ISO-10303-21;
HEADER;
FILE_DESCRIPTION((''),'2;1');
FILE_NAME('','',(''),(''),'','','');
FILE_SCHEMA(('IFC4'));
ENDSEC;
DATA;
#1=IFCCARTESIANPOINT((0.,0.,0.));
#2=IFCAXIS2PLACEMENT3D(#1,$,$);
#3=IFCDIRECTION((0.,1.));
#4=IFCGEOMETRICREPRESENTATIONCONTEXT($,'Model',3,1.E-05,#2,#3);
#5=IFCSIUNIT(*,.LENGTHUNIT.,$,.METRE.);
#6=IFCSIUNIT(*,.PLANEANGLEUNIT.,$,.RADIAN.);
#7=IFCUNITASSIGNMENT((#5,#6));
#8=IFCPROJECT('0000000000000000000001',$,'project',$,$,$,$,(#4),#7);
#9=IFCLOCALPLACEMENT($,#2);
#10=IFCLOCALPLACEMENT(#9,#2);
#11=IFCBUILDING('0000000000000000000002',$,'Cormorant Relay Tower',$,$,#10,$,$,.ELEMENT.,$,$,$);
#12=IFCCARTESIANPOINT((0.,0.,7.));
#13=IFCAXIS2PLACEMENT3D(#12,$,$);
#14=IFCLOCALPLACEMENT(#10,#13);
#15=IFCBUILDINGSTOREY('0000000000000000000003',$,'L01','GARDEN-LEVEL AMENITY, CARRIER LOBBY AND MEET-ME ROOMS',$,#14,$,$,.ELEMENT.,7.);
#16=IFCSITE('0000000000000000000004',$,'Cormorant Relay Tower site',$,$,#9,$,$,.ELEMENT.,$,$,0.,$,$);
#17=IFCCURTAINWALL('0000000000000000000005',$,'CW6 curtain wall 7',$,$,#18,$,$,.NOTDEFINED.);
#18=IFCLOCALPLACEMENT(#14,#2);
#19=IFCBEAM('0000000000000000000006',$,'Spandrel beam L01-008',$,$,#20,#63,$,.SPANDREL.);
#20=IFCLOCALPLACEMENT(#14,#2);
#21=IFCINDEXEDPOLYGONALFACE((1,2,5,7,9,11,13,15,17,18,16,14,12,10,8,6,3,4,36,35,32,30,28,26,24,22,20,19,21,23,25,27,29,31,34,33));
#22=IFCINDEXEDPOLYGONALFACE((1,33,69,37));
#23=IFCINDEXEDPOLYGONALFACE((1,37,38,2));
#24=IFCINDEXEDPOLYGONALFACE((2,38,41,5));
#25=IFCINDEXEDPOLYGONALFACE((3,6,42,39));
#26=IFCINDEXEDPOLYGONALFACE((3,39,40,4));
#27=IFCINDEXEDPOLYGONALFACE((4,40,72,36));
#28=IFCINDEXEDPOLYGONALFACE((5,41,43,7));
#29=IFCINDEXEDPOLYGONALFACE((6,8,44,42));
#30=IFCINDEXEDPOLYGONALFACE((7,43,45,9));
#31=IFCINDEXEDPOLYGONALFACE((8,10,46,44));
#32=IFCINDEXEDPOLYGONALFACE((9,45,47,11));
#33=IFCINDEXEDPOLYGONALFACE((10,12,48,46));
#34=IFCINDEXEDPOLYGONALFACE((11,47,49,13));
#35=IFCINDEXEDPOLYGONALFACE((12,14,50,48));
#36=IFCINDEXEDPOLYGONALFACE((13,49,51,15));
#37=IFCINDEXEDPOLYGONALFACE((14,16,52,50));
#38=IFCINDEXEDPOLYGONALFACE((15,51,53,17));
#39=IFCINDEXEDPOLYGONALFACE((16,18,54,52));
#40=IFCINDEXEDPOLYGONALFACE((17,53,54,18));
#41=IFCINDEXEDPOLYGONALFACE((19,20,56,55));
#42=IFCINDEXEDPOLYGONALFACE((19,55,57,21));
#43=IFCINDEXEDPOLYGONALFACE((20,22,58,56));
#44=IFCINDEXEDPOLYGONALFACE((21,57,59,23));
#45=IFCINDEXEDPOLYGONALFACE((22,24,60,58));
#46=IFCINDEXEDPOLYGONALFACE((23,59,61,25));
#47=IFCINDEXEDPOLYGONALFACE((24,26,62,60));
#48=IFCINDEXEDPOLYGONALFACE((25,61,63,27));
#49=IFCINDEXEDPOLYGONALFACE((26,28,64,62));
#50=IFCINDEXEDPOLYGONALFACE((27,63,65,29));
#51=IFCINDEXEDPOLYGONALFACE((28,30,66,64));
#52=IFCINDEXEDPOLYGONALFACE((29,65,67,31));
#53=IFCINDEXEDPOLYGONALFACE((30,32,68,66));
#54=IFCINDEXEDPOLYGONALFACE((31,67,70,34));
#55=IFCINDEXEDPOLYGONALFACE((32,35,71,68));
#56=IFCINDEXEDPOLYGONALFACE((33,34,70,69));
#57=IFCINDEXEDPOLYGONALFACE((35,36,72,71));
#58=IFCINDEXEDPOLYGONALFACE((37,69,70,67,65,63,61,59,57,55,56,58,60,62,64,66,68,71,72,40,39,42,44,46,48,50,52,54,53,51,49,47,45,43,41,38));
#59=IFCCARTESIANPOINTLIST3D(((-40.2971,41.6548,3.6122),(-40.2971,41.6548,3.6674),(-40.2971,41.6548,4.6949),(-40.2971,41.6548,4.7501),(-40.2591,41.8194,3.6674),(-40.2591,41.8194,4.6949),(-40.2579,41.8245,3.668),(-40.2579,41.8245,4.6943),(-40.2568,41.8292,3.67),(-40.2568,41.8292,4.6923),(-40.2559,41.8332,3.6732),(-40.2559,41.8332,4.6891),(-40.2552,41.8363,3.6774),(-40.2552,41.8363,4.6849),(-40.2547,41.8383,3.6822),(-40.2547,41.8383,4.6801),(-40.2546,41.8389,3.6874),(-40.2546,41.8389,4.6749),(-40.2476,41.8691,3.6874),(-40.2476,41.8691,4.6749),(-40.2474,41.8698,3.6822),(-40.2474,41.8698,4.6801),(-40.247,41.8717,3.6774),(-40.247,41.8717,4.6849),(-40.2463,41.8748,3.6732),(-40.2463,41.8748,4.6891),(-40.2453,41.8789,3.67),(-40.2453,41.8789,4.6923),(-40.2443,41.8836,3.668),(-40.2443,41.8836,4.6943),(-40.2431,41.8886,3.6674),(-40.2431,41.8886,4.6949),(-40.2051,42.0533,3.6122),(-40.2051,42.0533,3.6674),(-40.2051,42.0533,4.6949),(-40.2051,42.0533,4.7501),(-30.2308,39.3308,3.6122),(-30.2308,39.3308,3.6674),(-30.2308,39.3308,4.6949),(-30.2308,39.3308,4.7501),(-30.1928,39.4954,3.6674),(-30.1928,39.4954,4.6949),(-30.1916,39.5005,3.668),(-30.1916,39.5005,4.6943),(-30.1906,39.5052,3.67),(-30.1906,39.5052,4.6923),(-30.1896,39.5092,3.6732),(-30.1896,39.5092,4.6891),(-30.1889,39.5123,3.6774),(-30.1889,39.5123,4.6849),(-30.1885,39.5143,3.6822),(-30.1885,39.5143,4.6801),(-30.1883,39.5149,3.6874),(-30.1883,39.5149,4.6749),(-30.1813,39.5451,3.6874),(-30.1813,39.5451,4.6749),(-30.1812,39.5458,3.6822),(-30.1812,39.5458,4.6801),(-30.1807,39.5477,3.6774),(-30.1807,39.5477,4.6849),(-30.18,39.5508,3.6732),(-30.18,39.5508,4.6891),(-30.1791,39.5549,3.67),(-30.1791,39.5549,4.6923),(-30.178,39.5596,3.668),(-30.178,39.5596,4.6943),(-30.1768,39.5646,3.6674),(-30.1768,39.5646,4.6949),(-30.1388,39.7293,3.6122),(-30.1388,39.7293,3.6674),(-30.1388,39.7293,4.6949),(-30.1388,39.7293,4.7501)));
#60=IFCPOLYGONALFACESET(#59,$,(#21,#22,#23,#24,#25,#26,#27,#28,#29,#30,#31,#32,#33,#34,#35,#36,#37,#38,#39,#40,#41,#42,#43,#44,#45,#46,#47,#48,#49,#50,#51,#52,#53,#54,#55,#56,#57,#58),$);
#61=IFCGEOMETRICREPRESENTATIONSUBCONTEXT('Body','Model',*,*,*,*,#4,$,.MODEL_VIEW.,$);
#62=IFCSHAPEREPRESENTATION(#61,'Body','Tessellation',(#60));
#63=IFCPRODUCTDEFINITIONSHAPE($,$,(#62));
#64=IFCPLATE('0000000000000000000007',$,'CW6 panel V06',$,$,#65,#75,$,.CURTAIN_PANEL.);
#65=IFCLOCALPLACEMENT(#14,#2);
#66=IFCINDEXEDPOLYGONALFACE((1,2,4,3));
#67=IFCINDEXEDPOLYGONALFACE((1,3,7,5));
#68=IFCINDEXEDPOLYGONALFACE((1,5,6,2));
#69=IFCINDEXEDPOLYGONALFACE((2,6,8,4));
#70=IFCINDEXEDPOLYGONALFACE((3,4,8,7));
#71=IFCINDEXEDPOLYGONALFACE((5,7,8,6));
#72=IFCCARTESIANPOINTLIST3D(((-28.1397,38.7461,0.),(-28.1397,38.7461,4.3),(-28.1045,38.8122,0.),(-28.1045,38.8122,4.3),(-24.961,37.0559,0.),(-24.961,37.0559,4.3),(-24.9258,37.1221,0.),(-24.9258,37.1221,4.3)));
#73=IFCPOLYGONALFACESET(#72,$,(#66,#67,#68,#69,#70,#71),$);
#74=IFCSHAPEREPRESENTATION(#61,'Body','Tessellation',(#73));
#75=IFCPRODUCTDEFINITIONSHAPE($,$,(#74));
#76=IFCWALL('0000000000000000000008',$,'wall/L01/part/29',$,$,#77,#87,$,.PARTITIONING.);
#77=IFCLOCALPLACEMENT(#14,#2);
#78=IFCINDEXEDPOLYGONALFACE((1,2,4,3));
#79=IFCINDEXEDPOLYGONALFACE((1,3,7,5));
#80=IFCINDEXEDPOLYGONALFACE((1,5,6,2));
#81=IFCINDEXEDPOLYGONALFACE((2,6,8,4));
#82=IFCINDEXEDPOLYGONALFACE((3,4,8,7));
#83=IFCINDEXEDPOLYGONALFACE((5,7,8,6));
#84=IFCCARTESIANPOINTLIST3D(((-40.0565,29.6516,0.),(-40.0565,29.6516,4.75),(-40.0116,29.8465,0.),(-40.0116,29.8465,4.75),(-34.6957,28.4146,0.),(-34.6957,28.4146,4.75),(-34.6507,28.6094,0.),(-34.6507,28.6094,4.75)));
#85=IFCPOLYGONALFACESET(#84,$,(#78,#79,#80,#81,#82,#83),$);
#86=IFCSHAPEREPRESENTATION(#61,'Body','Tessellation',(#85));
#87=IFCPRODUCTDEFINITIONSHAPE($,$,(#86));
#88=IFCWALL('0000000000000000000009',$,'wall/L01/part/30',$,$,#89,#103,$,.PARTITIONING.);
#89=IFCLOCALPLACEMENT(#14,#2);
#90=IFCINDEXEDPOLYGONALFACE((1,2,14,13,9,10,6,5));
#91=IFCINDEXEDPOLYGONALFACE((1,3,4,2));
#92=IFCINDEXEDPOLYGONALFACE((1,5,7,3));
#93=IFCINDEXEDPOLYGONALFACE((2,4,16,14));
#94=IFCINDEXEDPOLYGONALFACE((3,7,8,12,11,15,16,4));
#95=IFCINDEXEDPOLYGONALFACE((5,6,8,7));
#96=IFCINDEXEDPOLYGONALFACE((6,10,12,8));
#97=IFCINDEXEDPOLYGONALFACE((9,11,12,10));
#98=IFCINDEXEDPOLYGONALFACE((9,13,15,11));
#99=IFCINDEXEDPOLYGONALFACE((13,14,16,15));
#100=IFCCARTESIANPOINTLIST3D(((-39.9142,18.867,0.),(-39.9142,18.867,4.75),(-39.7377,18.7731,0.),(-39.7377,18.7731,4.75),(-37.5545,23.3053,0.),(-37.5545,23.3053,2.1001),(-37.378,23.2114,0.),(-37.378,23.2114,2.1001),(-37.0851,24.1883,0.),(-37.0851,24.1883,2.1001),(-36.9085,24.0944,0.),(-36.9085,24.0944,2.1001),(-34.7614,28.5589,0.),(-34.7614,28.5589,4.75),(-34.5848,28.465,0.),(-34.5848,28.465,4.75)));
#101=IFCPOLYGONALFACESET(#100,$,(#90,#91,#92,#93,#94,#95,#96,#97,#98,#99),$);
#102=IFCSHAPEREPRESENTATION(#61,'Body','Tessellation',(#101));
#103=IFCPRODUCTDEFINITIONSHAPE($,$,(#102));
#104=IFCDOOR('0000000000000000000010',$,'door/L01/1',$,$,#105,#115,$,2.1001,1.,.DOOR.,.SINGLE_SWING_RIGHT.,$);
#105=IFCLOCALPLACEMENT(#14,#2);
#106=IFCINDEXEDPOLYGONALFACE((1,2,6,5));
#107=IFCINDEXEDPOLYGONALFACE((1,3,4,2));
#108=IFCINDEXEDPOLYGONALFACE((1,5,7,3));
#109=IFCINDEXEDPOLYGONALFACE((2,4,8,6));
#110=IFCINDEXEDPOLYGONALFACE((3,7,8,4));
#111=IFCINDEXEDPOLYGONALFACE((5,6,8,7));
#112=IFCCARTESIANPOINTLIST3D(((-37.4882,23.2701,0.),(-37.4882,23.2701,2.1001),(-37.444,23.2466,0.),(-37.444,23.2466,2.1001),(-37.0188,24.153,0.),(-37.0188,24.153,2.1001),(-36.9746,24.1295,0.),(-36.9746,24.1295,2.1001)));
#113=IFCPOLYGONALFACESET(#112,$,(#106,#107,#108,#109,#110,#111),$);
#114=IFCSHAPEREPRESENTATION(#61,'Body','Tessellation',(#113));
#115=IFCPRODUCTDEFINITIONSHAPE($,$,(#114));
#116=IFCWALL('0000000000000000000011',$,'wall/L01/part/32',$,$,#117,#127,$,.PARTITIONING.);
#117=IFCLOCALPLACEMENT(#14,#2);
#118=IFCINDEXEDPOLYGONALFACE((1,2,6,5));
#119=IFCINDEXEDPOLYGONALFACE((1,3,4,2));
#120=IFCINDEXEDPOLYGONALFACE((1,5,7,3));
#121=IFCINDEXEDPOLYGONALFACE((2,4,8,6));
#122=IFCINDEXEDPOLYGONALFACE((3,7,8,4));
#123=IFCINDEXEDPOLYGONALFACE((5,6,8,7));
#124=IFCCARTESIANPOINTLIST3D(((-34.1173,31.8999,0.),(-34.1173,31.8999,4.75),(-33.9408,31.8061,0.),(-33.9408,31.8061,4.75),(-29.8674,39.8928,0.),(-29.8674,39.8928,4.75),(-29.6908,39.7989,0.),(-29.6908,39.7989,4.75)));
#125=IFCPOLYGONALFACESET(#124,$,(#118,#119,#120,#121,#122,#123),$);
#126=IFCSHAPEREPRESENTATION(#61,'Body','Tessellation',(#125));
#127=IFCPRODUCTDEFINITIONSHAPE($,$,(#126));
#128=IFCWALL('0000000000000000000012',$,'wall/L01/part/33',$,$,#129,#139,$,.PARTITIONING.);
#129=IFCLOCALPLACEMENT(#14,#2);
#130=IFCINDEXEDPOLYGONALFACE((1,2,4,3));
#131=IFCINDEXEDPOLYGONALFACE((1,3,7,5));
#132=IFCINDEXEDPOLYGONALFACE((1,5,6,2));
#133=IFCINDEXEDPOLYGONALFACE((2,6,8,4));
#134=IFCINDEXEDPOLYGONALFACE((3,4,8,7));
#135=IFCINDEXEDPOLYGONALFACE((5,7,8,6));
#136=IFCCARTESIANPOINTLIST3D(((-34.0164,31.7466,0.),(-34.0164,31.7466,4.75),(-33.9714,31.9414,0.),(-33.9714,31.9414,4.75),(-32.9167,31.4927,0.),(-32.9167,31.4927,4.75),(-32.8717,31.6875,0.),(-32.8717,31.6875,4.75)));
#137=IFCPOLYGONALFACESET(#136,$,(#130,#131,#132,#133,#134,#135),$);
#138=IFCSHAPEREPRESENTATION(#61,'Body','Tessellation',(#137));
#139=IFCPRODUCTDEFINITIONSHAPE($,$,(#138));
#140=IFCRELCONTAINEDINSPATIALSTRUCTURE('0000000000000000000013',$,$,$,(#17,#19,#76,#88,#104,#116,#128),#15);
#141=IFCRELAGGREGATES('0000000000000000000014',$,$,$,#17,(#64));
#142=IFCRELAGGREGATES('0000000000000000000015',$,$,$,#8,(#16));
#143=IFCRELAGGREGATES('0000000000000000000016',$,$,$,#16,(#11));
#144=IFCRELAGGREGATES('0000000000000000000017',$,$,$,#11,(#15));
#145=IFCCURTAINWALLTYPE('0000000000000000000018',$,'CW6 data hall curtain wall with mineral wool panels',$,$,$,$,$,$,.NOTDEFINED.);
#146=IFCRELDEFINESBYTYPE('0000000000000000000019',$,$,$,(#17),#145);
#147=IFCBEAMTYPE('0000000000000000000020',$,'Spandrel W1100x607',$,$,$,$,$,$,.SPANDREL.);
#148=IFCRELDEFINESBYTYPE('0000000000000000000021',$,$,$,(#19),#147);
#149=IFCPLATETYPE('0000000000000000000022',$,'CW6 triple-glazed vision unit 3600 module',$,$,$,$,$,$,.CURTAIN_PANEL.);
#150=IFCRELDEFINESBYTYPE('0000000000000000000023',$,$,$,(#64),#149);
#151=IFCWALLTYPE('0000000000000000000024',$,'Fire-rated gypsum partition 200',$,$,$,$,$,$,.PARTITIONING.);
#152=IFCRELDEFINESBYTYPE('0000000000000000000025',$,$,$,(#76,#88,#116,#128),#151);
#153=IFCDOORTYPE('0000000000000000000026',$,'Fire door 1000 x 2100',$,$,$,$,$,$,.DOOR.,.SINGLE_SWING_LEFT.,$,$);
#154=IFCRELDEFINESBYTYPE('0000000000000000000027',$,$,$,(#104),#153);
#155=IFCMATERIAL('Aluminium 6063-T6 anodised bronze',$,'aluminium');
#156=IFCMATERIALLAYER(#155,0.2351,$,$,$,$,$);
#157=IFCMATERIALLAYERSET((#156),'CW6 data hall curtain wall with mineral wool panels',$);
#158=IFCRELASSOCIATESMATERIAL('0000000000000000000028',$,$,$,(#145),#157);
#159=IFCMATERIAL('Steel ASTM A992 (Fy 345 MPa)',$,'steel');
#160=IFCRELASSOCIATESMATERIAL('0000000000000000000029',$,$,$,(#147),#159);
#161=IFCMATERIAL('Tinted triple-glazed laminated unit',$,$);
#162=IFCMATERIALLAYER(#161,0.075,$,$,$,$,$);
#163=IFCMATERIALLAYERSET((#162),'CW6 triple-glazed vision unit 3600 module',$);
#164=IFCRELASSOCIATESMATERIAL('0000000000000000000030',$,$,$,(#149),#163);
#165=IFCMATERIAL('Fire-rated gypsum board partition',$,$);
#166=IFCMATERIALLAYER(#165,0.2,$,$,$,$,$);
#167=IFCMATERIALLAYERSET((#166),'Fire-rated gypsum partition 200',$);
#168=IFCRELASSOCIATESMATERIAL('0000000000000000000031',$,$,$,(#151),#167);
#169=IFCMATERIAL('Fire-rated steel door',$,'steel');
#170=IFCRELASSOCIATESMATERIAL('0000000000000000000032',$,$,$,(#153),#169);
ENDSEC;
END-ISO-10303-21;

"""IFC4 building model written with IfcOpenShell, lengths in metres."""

from ifc_helpers import new_model, si_unit, direction, frame, frame_2d, origin, origin_2d, place, context, subcontext, project, spatial, rectangle, i_section, extrude, material, layer, layer_set, material_profile, profile_set, type_object, element, fill, aggregate, save


model = new_model("IFC4")

# Units and contexts
model_context = context("Model", 3, precision=1e-05, world=origin(), true_north=direction((0.0, 1.0)))
body_context = subcontext(model_context, "Body", "Model", "MODEL_VIEW")
ifc_project = project(units=[si_unit("LENGTHUNIT", "METRE"), si_unit("PLANEANGLEUNIT", "RADIAN")], contexts=[model_context])

# Site, building, storey
site_placement = place(None, origin())
site = spatial("IfcSite", under=ifc_project, at=site_placement, Name="Cormorant Relay Tower site", CompositionType="ELEMENT", RefElevation=0.0)
building_placement = place(site_placement, origin())
building = spatial("IfcBuilding", under=site, at=building_placement, Name="Cormorant Relay Tower", CompositionType="ELEMENT")
storey_placement = place(building_placement, frame((0.0, 0.0, 7.0)))
storey = spatial("IfcBuildingStorey", under=building, at=storey_placement, Name="L01", Description="GARDEN-LEVEL AMENITY, CARRIER LOBBY AND MEET-ME ROOMS", CompositionType="ELEMENT", Elevation=7.0)

# Curtain wall
ifc_material_1 = material(Name="Aluminium 6063-T6 anodised bronze", Category="aluminium")
ifc_layer_1 = layer(ifc_material_1, 0.2351)
ifc_layer_set_1 = layer_set([ifc_layer_1], Name="CW6 data hall curtain wall with mineral wool panels")
curtain_wall_type = type_object("IfcCurtainWallType", Name="CW6 data hall curtain wall with mineral wool panels", PredefinedType="NOTDEFINED", material=ifc_layer_set_1)
curtain_wall_1_placement = place(storey_placement, origin())
curtain_wall_1 = element("IfcCurtainWall", 1, at=curtain_wall_1_placement, inside=storey, type_object=curtain_wall_type, Name="CW6 curtain wall 7", PredefinedType="NOTDEFINED")

# Beam
ifc_material_2 = material(Name="Steel ASTM A992 (Fy 345 MPa)", Category="steel")
ifc_material_profile_1 = material_profile(ifc_material_2, i_section(OverallWidth=0.4089, OverallDepth=1.1379, WebThickness=0.031, FlangeThickness=0.0552, FilletRadius=0.02, at=origin_2d()), Name="W1100x607")
ifc_profile_set_1 = profile_set([ifc_material_profile_1], Name="Steel ASTM A992 (Fy 345 MPa)")
beam_type = type_object("IfcBeamType", Name="Spandrel W1100x607", PredefinedType="SPANDREL", material=ifc_profile_set_1)
beam_placement = place(storey_placement, frame((-30.1848, 39.53, 4.1812), z_axis=(-0.97437, 0.224953, 0.0), x_axis=(-0.224953, -0.97437, 0.0)))
element("IfcBeam", 2, at=beam_placement, inside=storey, type_object=beam_type, Name="Spandrel beam L01-008", PredefinedType="SPANDREL", context=body_context, shape_type="SweptSolid", body=[
    extrude(i_section(OverallWidth=0.4089, OverallDepth=1.1379, WebThickness=0.031, FlangeThickness=0.0552, FilletRadius=0.02, at=origin_2d()), origin(), (0.0, 0.0, 1.0), 10.3311),
])

# Plate
ifc_material_3 = material(Name="Tinted triple-glazed laminated unit")
ifc_layer_2 = layer(ifc_material_3, 0.075)
ifc_layer_set_2 = layer_set([ifc_layer_2], Name="CW6 triple-glazed vision unit 3600 module")
plate_type = type_object("IfcPlateType", Name="CW6 triple-glazed vision unit 3600 module", PredefinedType="CURTAIN_PANEL", material=ifc_layer_set_2)
plate_placement = place(storey_placement, frame((-26.5327, 37.9341, 0.0), z_axis=(0.0, 0.0, 1.0), x_axis=(-0.882948, 0.469472, 0.0)))
plate = element("IfcPlate", 3, at=plate_placement, type_object=plate_type, Name="CW6 panel V06", PredefinedType="CURTAIN_PANEL", context=body_context, shape_type="SweptSolid", body=[
    extrude(rectangle(XDim=3.6001, YDim=0.075, at=origin_2d()), origin(), (0.0, 0.0, 1.0), 4.3),
])

# Wall
ifc_material_4 = material(Name="Fire-rated gypsum board partition")
ifc_layer_3 = layer(ifc_material_4, 0.2)
ifc_layer_set_3 = layer_set([ifc_layer_3], Name="Fire-rated gypsum partition 200")
wall_type = type_object("IfcWallType", Name="Fire-rated gypsum partition 200", PredefinedType="PARTITIONING", material=ifc_layer_set_3)
wall_1_placement = place(storey_placement, frame((-34.6731, 28.512, 0.0), z_axis=(0.0, 0.0, 1.0), x_axis=(-0.974393, 0.22485, 0.0)))
element("IfcWall", 4, at=wall_1_placement, inside=storey, type_object=wall_type, Name="wall/L01/part/29", PredefinedType="PARTITIONING", context=body_context, shape_type="SweptSolid", body=[
    extrude(rectangle(XDim=5.5017, YDim=0.2, at=frame_2d((2.751, 0.0))), origin(), (0.0, 0.0, 1.0), 4.75),
])

# Wall, opening, door
wall_2_placement = place(storey_placement, frame((-34.6731, 28.512, 0.0), z_axis=(0.0, 0.0, 1.0), x_axis=(-0.46944, -0.882964, 0.0)))
wall_2 = element("IfcWall", 5, at=wall_2_placement, inside=storey, type_object=wall_type, Name="wall/L01/part/30", PredefinedType="PARTITIONING", context=body_context, shape_type="SweptSolid", body=[
    extrude(rectangle(XDim=10.9766, YDim=0.2, at=frame_2d((5.4883, 0.0))), origin(), (0.0, 0.0, 1.0), 4.75),
])
opening_1_placement = place(wall_2_placement, frame((4.95, 0.0, 0.0)))
opening_1 = element("IfcOpeningElement", 6, at=opening_1_placement, cuts=wall_2, PredefinedType="OPENING", context=body_context, shape_type="SweptSolid", body=[
    extrude(rectangle(XDim=1.0, YDim=2.1001, at=frame_2d((0.5, 1.05))), frame((0.0, 0.1099, 0.0), z_axis=(0.0, -1.0, 0.0), x_axis=(1.0, 0.0, 0.0)), (0.0, 0.0, 1.0), 0.22),
])
ifc_material_5 = material(Name="Fire-rated steel door", Category="steel")
door_type = type_object("IfcDoorType", Name="Fire door 1000 x 2100", OperationType="SINGLE_SWING_LEFT", PredefinedType="DOOR", material=ifc_material_5)
door_1_placement = place(opening_1_placement, frame((1.0, 0.0, 0.0), z_axis=(0.0, 0.0, 1.0), x_axis=(-1.0, 0.0, 0.0)))
door_1 = element("IfcDoor", 7, at=door_1_placement, inside=storey, type_object=door_type, Name="door/L01/1", OperationType="SINGLE_SWING_RIGHT", OverallHeight=2.1001, OverallWidth=1.0, PredefinedType="DOOR", context=body_context, shape_type="SweptSolid", body=[
    extrude(rectangle(XDim=1.0, YDim=2.1001, at=frame_2d((0.5, 1.05))), frame((0.0, 0.0249, 0.0), z_axis=(0.0, -1.0, 0.0), x_axis=(1.0, 0.0, 0.0)), (0.0, 0.0, 1.0), 0.05),
])
fill(opening_1, door_1)

# Walls
wall_3_placement = place(storey_placement, frame((-29.7791, 39.8459, 0.0), z_axis=(0.0, 0.0, 1.0), x_axis=(-0.469479, -0.882944, 0.0)))
element("IfcWall", 8, at=wall_3_placement, inside=storey, type_object=wall_type, Name="wall/L01/part/32", PredefinedType="PARTITIONING", context=body_context, shape_type="SweptSolid", body=[
    extrude(rectangle(XDim=9.0525, YDim=0.2, at=frame_2d((4.5264, 0.0))), origin(), (0.0, 0.0, 1.0), 4.75),
])
wall_4_placement = place(storey_placement, frame((-32.894, 31.5901, 0.0), z_axis=(0.0, 0.0, 1.0), x_axis=(-0.974373, 0.224938, 0.0)))
element("IfcWall", 9, at=wall_4_placement, inside=storey, type_object=wall_type, Name="wall/L01/part/33", PredefinedType="PARTITIONING", context=body_context, shape_type="SweptSolid", body=[
    extrude(rectangle(XDim=1.1287, YDim=0.2, at=frame_2d((0.5645, 0.0))), origin(), (0.0, 0.0, 1.0), 4.75),
])

aggregate(curtain_wall_1, [plate])

save(model, "model.ifc")
